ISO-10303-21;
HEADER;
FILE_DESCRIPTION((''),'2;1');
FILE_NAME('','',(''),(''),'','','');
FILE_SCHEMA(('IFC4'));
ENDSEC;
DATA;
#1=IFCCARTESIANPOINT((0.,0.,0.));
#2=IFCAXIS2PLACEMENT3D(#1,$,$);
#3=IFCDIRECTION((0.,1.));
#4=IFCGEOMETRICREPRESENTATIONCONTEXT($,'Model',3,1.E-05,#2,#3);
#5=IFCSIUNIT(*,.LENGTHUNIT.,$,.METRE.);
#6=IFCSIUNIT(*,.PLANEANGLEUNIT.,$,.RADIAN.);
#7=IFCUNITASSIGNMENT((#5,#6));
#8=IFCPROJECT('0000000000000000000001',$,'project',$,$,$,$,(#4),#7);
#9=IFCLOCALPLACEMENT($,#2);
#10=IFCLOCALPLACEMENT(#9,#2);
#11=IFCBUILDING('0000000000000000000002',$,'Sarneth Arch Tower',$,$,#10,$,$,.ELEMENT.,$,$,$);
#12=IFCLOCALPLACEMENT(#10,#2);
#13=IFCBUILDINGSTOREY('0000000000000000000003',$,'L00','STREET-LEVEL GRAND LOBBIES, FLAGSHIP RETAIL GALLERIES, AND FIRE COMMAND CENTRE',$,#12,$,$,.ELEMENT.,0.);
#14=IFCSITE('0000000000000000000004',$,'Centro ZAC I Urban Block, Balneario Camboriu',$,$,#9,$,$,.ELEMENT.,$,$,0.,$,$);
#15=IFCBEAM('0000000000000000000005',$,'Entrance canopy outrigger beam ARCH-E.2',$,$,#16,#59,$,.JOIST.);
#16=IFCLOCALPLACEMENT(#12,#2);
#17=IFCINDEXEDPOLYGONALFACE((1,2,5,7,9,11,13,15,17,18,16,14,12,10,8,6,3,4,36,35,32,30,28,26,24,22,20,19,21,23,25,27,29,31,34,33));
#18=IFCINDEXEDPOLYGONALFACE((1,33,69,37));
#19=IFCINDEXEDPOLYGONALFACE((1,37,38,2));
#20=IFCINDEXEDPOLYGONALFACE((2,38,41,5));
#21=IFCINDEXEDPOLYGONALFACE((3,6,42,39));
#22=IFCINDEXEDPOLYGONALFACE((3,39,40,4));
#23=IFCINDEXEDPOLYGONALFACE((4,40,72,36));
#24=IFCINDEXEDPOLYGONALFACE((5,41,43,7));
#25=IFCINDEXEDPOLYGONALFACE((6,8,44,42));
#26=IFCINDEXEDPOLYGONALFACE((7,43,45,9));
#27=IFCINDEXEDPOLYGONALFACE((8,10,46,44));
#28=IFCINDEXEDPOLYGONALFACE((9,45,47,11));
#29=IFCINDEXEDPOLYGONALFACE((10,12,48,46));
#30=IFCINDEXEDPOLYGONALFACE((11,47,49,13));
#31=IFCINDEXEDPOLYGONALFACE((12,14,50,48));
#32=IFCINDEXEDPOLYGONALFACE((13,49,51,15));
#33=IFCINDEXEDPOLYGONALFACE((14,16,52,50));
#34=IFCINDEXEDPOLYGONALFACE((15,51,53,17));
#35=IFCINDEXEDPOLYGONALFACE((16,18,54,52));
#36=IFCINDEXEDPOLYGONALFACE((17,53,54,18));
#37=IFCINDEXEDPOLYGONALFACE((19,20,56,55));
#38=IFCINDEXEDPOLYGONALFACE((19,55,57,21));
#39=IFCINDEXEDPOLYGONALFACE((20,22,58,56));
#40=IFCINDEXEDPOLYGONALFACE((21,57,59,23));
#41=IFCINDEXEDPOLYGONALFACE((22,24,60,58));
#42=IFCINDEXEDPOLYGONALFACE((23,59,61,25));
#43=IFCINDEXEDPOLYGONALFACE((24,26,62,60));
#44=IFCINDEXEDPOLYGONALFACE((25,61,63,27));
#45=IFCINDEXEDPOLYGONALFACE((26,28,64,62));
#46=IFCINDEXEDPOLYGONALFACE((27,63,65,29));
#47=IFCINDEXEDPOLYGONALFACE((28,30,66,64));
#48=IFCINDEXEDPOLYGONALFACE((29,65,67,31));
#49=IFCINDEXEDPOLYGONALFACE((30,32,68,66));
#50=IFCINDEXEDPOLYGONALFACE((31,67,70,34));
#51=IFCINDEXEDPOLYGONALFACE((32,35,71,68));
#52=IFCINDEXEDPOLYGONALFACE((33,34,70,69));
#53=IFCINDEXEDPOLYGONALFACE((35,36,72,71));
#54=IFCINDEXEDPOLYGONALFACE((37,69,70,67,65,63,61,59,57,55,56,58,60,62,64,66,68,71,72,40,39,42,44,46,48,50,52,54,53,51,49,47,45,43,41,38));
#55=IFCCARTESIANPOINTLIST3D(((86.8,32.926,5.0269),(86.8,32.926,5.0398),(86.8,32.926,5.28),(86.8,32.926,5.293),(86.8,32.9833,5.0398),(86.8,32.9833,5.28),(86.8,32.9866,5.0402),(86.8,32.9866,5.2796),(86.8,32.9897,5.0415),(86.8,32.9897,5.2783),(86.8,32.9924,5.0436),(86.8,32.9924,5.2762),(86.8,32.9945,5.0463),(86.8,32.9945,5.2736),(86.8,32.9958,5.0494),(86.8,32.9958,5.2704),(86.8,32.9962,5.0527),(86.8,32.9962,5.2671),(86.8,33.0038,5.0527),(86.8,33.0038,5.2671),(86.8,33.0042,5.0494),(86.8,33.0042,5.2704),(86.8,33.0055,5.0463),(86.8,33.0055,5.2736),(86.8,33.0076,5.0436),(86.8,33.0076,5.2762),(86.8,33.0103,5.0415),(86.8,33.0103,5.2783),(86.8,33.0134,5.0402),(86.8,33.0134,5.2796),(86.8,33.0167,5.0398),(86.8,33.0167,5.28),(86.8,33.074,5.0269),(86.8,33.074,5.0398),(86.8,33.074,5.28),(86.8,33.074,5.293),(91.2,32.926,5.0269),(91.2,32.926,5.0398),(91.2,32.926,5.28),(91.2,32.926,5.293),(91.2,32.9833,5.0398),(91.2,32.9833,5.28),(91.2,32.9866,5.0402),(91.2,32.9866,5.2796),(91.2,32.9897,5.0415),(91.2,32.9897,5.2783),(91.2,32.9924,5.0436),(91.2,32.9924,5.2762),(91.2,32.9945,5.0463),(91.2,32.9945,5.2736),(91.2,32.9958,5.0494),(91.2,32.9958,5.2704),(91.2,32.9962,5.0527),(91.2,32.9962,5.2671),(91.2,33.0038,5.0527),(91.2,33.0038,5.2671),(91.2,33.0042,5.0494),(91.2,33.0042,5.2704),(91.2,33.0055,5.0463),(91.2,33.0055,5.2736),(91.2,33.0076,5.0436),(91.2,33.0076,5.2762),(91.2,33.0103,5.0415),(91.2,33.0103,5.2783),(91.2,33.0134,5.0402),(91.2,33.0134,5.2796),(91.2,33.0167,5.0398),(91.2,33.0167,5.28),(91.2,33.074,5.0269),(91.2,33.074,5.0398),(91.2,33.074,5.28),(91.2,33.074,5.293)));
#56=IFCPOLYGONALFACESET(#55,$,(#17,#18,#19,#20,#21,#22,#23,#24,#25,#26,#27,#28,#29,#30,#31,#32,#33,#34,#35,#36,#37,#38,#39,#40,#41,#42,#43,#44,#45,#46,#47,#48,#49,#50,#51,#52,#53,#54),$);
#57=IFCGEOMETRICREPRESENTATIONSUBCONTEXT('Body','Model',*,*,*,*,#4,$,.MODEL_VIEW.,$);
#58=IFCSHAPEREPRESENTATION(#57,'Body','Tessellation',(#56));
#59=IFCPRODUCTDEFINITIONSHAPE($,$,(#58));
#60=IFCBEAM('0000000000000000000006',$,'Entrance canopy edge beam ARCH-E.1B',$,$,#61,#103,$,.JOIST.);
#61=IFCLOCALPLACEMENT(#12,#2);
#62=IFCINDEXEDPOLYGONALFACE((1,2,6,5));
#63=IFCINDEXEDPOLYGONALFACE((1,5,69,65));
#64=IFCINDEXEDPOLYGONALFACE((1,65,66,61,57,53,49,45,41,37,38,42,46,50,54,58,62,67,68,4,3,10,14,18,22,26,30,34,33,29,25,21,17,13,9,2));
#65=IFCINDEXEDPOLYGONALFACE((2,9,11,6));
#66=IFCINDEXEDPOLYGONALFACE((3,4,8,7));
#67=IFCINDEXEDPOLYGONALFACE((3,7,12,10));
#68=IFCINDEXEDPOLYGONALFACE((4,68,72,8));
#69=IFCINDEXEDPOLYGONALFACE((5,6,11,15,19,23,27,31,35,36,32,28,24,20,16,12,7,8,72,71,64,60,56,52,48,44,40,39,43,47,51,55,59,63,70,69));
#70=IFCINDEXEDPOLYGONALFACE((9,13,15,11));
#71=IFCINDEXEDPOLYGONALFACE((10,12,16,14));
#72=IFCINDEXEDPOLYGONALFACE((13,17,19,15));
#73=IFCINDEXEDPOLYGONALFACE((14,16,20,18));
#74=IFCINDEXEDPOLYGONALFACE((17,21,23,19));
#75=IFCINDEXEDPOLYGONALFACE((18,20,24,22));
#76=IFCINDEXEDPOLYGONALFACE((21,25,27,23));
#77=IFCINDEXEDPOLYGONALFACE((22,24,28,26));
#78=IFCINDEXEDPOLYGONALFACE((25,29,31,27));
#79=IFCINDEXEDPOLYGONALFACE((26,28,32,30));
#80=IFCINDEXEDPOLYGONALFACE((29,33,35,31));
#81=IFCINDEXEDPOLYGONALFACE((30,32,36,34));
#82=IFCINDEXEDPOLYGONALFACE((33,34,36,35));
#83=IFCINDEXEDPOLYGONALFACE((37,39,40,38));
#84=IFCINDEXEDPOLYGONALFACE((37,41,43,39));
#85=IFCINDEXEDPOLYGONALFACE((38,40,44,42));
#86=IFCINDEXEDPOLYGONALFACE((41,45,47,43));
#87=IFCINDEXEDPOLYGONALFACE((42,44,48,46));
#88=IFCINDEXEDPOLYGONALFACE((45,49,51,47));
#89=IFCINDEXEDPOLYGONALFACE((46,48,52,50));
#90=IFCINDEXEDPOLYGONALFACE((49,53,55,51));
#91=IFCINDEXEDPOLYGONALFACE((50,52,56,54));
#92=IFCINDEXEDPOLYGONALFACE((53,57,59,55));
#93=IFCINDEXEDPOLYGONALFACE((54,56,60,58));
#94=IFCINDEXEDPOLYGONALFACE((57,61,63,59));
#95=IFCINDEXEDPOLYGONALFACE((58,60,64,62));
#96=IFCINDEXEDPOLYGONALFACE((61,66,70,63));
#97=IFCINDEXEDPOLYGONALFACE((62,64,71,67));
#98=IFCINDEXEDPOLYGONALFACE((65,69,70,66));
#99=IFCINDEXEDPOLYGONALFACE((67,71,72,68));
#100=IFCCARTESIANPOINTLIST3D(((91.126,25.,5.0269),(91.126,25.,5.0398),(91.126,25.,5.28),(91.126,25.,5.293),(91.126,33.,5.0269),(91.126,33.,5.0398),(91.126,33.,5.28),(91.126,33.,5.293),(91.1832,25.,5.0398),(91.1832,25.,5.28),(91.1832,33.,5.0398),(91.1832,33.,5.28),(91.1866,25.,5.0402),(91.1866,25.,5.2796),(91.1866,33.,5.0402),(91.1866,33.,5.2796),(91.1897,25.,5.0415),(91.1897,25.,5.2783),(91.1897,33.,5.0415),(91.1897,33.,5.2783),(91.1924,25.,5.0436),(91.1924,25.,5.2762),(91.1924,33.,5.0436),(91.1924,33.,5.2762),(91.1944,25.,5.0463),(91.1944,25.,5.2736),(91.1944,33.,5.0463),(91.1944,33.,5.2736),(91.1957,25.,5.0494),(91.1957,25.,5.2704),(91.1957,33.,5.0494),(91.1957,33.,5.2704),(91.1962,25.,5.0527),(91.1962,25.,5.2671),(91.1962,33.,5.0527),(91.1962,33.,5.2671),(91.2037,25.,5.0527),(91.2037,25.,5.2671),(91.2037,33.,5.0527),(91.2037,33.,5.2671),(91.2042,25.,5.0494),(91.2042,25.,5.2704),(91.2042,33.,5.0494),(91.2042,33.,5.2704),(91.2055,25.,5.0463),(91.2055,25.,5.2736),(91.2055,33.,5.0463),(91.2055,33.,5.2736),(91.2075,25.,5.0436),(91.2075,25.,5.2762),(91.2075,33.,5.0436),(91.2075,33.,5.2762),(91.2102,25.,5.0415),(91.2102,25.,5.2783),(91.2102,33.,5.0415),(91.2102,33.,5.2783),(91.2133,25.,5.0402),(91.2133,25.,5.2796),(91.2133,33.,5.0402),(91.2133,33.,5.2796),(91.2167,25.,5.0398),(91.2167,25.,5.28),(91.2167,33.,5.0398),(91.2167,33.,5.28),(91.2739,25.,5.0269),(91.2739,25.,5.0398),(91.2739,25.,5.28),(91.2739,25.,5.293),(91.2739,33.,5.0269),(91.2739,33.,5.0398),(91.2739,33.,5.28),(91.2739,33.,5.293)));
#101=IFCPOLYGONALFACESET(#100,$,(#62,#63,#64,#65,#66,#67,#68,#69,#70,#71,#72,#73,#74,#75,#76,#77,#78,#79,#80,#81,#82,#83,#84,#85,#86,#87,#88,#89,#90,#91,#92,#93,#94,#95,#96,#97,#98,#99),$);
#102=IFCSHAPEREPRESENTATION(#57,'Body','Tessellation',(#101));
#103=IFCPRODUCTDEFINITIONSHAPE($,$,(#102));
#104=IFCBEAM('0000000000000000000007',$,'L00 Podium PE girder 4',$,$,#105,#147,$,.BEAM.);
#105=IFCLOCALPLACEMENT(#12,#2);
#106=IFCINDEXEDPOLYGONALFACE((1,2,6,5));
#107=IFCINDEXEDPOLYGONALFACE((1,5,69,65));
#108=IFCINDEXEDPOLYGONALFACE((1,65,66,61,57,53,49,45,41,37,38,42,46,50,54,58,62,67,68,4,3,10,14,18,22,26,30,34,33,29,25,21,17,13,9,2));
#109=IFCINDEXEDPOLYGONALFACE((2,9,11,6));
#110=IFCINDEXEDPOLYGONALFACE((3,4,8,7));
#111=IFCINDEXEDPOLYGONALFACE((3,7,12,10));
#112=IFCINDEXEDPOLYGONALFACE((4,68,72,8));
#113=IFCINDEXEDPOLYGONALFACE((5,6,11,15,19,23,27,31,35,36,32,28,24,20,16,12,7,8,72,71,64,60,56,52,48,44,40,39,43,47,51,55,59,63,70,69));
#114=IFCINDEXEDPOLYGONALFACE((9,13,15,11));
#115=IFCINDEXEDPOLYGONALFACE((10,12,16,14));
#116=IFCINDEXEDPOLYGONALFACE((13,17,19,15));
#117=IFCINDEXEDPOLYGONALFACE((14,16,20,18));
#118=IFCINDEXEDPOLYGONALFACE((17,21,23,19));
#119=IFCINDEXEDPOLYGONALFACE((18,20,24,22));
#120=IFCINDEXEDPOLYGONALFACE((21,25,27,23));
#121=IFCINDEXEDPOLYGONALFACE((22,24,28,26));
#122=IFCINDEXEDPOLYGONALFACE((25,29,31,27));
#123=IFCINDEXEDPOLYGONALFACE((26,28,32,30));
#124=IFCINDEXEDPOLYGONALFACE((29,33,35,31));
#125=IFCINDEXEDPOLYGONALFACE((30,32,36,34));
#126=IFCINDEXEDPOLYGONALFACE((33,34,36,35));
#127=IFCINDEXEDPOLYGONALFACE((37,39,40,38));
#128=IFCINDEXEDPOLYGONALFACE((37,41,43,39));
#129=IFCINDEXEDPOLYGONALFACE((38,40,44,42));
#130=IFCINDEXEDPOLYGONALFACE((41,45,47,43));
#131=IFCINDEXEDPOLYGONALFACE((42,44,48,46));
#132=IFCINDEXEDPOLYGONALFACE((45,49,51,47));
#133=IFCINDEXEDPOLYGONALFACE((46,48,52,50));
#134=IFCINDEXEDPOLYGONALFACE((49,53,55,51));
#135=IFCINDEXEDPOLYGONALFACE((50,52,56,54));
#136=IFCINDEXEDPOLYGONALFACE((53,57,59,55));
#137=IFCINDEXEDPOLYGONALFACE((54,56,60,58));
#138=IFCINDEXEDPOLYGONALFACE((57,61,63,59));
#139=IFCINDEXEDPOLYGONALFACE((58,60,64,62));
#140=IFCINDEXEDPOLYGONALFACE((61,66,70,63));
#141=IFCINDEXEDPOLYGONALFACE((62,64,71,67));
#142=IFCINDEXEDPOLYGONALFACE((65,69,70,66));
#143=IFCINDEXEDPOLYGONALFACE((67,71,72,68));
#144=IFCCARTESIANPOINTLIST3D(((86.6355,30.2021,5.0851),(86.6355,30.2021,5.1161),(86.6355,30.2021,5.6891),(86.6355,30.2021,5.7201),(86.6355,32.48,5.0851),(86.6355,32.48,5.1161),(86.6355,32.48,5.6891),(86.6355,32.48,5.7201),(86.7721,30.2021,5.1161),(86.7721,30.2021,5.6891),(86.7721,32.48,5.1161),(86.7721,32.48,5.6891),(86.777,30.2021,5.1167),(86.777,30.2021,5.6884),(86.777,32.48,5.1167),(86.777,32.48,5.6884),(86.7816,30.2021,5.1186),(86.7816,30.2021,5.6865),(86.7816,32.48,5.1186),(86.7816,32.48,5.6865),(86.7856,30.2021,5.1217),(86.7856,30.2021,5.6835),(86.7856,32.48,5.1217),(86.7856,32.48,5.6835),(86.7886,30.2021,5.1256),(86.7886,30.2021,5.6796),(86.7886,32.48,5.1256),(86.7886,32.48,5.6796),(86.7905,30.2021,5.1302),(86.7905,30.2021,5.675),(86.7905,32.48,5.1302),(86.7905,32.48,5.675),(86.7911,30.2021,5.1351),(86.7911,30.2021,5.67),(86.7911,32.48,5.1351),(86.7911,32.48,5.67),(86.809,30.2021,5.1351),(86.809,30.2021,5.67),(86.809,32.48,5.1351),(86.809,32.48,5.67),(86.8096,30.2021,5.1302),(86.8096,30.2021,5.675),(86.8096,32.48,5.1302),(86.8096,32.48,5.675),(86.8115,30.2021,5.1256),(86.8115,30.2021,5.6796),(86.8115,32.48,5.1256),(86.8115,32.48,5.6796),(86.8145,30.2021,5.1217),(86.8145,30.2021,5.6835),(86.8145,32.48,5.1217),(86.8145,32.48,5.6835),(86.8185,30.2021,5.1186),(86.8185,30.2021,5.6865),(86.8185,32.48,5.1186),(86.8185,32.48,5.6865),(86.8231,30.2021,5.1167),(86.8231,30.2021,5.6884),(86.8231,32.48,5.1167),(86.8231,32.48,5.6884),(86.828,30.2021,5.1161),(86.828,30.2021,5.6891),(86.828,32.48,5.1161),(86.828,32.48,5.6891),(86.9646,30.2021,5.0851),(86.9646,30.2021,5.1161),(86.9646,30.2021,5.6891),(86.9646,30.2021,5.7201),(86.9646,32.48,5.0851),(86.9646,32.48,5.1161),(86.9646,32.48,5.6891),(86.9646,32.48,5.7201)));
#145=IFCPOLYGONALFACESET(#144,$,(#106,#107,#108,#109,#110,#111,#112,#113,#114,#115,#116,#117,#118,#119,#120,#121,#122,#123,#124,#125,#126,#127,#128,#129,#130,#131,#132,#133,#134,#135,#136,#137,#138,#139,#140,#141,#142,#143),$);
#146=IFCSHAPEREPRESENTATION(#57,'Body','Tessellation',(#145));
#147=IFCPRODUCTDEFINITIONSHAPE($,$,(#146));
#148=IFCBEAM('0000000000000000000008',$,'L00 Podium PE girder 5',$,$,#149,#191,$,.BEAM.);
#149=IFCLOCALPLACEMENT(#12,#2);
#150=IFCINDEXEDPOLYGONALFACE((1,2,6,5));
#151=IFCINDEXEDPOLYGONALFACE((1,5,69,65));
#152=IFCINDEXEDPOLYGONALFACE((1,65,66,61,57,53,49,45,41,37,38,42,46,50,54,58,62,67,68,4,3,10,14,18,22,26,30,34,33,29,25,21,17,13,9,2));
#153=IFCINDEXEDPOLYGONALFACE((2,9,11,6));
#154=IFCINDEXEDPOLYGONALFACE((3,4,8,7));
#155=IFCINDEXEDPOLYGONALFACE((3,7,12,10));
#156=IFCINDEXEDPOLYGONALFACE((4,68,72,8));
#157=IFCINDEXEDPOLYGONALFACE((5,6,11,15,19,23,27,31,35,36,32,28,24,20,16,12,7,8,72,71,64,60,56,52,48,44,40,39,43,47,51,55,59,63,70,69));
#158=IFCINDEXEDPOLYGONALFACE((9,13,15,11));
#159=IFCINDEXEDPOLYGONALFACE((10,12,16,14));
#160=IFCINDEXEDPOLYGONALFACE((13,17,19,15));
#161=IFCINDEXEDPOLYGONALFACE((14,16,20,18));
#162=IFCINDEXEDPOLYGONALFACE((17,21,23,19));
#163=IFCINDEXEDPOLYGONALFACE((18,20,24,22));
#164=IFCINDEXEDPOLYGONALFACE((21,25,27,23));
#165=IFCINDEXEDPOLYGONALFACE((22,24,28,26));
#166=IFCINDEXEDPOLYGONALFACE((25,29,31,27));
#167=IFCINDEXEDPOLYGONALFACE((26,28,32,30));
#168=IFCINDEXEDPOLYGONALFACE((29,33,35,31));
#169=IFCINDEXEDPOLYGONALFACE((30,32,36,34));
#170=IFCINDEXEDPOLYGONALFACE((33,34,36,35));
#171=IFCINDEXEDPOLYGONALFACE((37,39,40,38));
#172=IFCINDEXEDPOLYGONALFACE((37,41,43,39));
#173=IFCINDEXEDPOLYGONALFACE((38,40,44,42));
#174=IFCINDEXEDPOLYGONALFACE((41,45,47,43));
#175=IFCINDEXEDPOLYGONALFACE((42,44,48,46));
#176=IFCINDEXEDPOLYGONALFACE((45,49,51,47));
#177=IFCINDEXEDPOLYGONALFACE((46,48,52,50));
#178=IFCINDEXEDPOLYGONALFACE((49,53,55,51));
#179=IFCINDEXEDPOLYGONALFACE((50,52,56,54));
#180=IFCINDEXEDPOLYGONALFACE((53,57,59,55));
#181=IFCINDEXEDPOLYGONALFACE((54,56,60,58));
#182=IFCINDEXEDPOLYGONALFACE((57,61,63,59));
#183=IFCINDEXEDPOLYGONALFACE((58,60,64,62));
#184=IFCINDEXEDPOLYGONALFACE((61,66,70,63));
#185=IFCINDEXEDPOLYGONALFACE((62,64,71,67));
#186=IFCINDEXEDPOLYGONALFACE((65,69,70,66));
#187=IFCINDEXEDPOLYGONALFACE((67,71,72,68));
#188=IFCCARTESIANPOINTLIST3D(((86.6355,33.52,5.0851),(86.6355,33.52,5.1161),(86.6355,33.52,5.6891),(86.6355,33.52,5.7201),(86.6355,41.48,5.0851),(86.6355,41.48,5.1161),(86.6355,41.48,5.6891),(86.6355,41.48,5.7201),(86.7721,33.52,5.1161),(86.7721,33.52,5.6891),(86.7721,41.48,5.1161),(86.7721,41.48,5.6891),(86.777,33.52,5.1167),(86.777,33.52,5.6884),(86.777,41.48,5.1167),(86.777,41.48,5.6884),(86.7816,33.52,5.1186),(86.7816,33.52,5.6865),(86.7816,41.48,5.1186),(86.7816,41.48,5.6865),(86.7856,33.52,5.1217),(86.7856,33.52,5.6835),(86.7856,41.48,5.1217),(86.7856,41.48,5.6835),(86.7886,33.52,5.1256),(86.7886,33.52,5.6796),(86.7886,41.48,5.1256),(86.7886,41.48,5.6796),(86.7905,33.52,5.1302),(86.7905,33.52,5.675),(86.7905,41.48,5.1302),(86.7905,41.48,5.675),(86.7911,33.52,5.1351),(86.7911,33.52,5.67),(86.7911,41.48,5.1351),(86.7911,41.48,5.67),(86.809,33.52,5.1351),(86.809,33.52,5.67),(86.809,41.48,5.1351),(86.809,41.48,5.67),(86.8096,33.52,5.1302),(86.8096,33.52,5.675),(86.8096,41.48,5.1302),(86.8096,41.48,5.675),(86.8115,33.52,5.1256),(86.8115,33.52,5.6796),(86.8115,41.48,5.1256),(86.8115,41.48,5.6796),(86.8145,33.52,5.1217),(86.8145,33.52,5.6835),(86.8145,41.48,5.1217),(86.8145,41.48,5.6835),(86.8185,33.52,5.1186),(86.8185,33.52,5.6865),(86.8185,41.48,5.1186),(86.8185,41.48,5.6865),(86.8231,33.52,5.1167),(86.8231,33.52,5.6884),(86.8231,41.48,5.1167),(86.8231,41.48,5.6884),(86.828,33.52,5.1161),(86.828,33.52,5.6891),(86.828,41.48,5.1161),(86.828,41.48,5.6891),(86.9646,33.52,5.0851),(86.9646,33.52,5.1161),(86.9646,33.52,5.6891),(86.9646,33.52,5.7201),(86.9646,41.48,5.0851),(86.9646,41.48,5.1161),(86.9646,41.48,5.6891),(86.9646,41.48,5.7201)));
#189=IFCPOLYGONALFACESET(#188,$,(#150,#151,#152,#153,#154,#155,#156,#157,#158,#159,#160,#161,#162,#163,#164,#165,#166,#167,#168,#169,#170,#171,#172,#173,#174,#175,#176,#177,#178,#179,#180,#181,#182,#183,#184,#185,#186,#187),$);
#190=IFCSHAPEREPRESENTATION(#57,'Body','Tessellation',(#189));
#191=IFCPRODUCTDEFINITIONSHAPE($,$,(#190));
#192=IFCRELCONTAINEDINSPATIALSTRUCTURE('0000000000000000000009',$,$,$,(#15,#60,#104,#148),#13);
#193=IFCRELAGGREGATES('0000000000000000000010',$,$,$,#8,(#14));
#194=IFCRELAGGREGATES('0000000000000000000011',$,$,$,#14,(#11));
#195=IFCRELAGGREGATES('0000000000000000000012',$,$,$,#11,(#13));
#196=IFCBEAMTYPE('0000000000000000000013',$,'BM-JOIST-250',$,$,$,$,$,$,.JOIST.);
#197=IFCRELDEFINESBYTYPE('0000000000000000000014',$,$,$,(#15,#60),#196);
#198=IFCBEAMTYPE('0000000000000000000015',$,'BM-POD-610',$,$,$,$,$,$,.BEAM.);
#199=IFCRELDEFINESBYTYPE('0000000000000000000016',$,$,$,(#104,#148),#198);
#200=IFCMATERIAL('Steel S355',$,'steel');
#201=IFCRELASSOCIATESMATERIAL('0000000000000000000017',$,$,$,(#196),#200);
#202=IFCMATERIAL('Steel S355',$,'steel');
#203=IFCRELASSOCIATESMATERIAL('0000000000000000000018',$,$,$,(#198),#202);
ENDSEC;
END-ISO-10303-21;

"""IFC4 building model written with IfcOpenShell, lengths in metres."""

from ifc_helpers import new_model, si_unit, direction, frame, origin, origin_2d, place, context, subcontext, project, spatial, i_section, extrude, material, material_profile, profile_set, type_object, element, save


model = new_model("IFC4")

# Units and contexts
model_context = context("Model", 3, precision=1e-05, world=origin(), true_north=direction((0.0, 1.0)))
body_context = subcontext(model_context, "Body", "Model", "MODEL_VIEW")
ifc_project = project(units=[si_unit("LENGTHUNIT", "METRE"), si_unit("PLANEANGLEUNIT", "RADIAN")], contexts=[model_context])

# Site, building, storey
site_placement = place(None, origin())
site = spatial("IfcSite", under=ifc_project, at=site_placement, Name="Centro ZAC I Urban Block, Balneario Camboriu", CompositionType="ELEMENT", RefElevation=0.0)
building_placement = place(site_placement, origin())
building = spatial("IfcBuilding", under=site, at=building_placement, Name="Sarneth Arch Tower", CompositionType="ELEMENT")
storey_placement = place(building_placement, origin())
storey = spatial("IfcBuildingStorey", under=building, at=storey_placement, Name="L00", Description="STREET-LEVEL GRAND LOBBIES, FLAGSHIP RETAIL GALLERIES, AND FIRE COMMAND CENTRE", CompositionType="ELEMENT", Elevation=0.0)

# Beams
ifc_material_1 = material(Name="Steel S355", Category="steel")
ifc_material_profile_1 = material_profile(ifc_material_1, i_section(OverallWidth=0.1479, OverallDepth=0.2661, WebThickness=0.0076, FlangeThickness=0.0129, FilletRadius=0.0129, at=origin_2d()), Name="W250x44.8")
ifc_profile_set_1 = profile_set([ifc_material_profile_1], Name="Steel S355")
beam_type_1 = type_object("IfcBeamType", Name="BM-JOIST-250", PredefinedType="JOIST", material=ifc_profile_set_1)
beam_1_placement = place(storey_placement, frame((86.8, 33.0, 5.1599), z_axis=(1.0, 0.0, 0.0), x_axis=(0.0, 1.0, 0.0)))
element("IfcBeam", 1, at=beam_1_placement, inside=storey, type_object=beam_type_1, Name="Entrance canopy outrigger beam ARCH-E.2", PredefinedType="JOIST", context=body_context, shape_type="SweptSolid", body=[
    extrude(i_section(OverallWidth=0.1479, OverallDepth=0.2661, WebThickness=0.0076, FlangeThickness=0.0129, FilletRadius=0.0129, at=origin_2d()), origin(), (0.0, 0.0, 1.0), 4.3999),
])
beam_2_placement = place(storey_placement, frame((91.2, 25.0, 5.1599), z_axis=(0.0, 1.0, 0.0), x_axis=(-1.0, 0.0, 0.0)))
element("IfcBeam", 2, at=beam_2_placement, inside=storey, type_object=beam_type_1, Name="Entrance canopy edge beam ARCH-E.1B", PredefinedType="JOIST", context=body_context, shape_type="SweptSolid", body=[
    extrude(i_section(OverallWidth=0.1479, OverallDepth=0.2661, WebThickness=0.0076, FlangeThickness=0.0129, FilletRadius=0.0129, at=origin_2d()), origin(), (0.0, 0.0, 1.0), 8.0),
])
ifc_material_2 = material(Name="Steel S355", Category="steel")
ifc_material_profile_2 = material_profile(ifc_material_2, i_section(OverallWidth=0.3291, OverallDepth=0.635, WebThickness=0.0178, FlangeThickness=0.031, FilletRadius=0.019, at=origin_2d()), Name="W610x241")
ifc_profile_set_2 = profile_set([ifc_material_profile_2], Name="Steel S355")
beam_type_2 = type_object("IfcBeamType", Name="BM-POD-610", PredefinedType="BEAM", material=ifc_profile_set_2)
beam_3_placement = place(storey_placement, frame((86.8, 30.2021, 5.4026), z_axis=(0.0, 1.0, 0.0), x_axis=(-1.0, 0.0, 0.0)))
element("IfcBeam", 3, at=beam_3_placement, inside=storey, type_object=beam_type_2, Name="L00 Podium PE girder 4", PredefinedType="BEAM", context=body_context, shape_type="SweptSolid", body=[
    extrude(i_section(OverallWidth=0.3291, OverallDepth=0.635, WebThickness=0.0178, FlangeThickness=0.031, FilletRadius=0.019, at=origin_2d()), origin(), (0.0, 0.0, 1.0), 2.2778),
])
beam_4_placement = place(storey_placement, frame((86.8, 33.52, 5.4026), z_axis=(0.0, 1.0, 0.0), x_axis=(-1.0, 0.0, 0.0)))
element("IfcBeam", 4, at=beam_4_placement, inside=storey, type_object=beam_type_2, Name="L00 Podium PE girder 5", PredefinedType="BEAM", context=body_context, shape_type="SweptSolid", body=[
    extrude(i_section(OverallWidth=0.3291, OverallDepth=0.635, WebThickness=0.0178, FlangeThickness=0.031, FilletRadius=0.019, at=origin_2d()), origin(), (0.0, 0.0, 1.0), 7.96),
])

save(model, "model.ifc")
